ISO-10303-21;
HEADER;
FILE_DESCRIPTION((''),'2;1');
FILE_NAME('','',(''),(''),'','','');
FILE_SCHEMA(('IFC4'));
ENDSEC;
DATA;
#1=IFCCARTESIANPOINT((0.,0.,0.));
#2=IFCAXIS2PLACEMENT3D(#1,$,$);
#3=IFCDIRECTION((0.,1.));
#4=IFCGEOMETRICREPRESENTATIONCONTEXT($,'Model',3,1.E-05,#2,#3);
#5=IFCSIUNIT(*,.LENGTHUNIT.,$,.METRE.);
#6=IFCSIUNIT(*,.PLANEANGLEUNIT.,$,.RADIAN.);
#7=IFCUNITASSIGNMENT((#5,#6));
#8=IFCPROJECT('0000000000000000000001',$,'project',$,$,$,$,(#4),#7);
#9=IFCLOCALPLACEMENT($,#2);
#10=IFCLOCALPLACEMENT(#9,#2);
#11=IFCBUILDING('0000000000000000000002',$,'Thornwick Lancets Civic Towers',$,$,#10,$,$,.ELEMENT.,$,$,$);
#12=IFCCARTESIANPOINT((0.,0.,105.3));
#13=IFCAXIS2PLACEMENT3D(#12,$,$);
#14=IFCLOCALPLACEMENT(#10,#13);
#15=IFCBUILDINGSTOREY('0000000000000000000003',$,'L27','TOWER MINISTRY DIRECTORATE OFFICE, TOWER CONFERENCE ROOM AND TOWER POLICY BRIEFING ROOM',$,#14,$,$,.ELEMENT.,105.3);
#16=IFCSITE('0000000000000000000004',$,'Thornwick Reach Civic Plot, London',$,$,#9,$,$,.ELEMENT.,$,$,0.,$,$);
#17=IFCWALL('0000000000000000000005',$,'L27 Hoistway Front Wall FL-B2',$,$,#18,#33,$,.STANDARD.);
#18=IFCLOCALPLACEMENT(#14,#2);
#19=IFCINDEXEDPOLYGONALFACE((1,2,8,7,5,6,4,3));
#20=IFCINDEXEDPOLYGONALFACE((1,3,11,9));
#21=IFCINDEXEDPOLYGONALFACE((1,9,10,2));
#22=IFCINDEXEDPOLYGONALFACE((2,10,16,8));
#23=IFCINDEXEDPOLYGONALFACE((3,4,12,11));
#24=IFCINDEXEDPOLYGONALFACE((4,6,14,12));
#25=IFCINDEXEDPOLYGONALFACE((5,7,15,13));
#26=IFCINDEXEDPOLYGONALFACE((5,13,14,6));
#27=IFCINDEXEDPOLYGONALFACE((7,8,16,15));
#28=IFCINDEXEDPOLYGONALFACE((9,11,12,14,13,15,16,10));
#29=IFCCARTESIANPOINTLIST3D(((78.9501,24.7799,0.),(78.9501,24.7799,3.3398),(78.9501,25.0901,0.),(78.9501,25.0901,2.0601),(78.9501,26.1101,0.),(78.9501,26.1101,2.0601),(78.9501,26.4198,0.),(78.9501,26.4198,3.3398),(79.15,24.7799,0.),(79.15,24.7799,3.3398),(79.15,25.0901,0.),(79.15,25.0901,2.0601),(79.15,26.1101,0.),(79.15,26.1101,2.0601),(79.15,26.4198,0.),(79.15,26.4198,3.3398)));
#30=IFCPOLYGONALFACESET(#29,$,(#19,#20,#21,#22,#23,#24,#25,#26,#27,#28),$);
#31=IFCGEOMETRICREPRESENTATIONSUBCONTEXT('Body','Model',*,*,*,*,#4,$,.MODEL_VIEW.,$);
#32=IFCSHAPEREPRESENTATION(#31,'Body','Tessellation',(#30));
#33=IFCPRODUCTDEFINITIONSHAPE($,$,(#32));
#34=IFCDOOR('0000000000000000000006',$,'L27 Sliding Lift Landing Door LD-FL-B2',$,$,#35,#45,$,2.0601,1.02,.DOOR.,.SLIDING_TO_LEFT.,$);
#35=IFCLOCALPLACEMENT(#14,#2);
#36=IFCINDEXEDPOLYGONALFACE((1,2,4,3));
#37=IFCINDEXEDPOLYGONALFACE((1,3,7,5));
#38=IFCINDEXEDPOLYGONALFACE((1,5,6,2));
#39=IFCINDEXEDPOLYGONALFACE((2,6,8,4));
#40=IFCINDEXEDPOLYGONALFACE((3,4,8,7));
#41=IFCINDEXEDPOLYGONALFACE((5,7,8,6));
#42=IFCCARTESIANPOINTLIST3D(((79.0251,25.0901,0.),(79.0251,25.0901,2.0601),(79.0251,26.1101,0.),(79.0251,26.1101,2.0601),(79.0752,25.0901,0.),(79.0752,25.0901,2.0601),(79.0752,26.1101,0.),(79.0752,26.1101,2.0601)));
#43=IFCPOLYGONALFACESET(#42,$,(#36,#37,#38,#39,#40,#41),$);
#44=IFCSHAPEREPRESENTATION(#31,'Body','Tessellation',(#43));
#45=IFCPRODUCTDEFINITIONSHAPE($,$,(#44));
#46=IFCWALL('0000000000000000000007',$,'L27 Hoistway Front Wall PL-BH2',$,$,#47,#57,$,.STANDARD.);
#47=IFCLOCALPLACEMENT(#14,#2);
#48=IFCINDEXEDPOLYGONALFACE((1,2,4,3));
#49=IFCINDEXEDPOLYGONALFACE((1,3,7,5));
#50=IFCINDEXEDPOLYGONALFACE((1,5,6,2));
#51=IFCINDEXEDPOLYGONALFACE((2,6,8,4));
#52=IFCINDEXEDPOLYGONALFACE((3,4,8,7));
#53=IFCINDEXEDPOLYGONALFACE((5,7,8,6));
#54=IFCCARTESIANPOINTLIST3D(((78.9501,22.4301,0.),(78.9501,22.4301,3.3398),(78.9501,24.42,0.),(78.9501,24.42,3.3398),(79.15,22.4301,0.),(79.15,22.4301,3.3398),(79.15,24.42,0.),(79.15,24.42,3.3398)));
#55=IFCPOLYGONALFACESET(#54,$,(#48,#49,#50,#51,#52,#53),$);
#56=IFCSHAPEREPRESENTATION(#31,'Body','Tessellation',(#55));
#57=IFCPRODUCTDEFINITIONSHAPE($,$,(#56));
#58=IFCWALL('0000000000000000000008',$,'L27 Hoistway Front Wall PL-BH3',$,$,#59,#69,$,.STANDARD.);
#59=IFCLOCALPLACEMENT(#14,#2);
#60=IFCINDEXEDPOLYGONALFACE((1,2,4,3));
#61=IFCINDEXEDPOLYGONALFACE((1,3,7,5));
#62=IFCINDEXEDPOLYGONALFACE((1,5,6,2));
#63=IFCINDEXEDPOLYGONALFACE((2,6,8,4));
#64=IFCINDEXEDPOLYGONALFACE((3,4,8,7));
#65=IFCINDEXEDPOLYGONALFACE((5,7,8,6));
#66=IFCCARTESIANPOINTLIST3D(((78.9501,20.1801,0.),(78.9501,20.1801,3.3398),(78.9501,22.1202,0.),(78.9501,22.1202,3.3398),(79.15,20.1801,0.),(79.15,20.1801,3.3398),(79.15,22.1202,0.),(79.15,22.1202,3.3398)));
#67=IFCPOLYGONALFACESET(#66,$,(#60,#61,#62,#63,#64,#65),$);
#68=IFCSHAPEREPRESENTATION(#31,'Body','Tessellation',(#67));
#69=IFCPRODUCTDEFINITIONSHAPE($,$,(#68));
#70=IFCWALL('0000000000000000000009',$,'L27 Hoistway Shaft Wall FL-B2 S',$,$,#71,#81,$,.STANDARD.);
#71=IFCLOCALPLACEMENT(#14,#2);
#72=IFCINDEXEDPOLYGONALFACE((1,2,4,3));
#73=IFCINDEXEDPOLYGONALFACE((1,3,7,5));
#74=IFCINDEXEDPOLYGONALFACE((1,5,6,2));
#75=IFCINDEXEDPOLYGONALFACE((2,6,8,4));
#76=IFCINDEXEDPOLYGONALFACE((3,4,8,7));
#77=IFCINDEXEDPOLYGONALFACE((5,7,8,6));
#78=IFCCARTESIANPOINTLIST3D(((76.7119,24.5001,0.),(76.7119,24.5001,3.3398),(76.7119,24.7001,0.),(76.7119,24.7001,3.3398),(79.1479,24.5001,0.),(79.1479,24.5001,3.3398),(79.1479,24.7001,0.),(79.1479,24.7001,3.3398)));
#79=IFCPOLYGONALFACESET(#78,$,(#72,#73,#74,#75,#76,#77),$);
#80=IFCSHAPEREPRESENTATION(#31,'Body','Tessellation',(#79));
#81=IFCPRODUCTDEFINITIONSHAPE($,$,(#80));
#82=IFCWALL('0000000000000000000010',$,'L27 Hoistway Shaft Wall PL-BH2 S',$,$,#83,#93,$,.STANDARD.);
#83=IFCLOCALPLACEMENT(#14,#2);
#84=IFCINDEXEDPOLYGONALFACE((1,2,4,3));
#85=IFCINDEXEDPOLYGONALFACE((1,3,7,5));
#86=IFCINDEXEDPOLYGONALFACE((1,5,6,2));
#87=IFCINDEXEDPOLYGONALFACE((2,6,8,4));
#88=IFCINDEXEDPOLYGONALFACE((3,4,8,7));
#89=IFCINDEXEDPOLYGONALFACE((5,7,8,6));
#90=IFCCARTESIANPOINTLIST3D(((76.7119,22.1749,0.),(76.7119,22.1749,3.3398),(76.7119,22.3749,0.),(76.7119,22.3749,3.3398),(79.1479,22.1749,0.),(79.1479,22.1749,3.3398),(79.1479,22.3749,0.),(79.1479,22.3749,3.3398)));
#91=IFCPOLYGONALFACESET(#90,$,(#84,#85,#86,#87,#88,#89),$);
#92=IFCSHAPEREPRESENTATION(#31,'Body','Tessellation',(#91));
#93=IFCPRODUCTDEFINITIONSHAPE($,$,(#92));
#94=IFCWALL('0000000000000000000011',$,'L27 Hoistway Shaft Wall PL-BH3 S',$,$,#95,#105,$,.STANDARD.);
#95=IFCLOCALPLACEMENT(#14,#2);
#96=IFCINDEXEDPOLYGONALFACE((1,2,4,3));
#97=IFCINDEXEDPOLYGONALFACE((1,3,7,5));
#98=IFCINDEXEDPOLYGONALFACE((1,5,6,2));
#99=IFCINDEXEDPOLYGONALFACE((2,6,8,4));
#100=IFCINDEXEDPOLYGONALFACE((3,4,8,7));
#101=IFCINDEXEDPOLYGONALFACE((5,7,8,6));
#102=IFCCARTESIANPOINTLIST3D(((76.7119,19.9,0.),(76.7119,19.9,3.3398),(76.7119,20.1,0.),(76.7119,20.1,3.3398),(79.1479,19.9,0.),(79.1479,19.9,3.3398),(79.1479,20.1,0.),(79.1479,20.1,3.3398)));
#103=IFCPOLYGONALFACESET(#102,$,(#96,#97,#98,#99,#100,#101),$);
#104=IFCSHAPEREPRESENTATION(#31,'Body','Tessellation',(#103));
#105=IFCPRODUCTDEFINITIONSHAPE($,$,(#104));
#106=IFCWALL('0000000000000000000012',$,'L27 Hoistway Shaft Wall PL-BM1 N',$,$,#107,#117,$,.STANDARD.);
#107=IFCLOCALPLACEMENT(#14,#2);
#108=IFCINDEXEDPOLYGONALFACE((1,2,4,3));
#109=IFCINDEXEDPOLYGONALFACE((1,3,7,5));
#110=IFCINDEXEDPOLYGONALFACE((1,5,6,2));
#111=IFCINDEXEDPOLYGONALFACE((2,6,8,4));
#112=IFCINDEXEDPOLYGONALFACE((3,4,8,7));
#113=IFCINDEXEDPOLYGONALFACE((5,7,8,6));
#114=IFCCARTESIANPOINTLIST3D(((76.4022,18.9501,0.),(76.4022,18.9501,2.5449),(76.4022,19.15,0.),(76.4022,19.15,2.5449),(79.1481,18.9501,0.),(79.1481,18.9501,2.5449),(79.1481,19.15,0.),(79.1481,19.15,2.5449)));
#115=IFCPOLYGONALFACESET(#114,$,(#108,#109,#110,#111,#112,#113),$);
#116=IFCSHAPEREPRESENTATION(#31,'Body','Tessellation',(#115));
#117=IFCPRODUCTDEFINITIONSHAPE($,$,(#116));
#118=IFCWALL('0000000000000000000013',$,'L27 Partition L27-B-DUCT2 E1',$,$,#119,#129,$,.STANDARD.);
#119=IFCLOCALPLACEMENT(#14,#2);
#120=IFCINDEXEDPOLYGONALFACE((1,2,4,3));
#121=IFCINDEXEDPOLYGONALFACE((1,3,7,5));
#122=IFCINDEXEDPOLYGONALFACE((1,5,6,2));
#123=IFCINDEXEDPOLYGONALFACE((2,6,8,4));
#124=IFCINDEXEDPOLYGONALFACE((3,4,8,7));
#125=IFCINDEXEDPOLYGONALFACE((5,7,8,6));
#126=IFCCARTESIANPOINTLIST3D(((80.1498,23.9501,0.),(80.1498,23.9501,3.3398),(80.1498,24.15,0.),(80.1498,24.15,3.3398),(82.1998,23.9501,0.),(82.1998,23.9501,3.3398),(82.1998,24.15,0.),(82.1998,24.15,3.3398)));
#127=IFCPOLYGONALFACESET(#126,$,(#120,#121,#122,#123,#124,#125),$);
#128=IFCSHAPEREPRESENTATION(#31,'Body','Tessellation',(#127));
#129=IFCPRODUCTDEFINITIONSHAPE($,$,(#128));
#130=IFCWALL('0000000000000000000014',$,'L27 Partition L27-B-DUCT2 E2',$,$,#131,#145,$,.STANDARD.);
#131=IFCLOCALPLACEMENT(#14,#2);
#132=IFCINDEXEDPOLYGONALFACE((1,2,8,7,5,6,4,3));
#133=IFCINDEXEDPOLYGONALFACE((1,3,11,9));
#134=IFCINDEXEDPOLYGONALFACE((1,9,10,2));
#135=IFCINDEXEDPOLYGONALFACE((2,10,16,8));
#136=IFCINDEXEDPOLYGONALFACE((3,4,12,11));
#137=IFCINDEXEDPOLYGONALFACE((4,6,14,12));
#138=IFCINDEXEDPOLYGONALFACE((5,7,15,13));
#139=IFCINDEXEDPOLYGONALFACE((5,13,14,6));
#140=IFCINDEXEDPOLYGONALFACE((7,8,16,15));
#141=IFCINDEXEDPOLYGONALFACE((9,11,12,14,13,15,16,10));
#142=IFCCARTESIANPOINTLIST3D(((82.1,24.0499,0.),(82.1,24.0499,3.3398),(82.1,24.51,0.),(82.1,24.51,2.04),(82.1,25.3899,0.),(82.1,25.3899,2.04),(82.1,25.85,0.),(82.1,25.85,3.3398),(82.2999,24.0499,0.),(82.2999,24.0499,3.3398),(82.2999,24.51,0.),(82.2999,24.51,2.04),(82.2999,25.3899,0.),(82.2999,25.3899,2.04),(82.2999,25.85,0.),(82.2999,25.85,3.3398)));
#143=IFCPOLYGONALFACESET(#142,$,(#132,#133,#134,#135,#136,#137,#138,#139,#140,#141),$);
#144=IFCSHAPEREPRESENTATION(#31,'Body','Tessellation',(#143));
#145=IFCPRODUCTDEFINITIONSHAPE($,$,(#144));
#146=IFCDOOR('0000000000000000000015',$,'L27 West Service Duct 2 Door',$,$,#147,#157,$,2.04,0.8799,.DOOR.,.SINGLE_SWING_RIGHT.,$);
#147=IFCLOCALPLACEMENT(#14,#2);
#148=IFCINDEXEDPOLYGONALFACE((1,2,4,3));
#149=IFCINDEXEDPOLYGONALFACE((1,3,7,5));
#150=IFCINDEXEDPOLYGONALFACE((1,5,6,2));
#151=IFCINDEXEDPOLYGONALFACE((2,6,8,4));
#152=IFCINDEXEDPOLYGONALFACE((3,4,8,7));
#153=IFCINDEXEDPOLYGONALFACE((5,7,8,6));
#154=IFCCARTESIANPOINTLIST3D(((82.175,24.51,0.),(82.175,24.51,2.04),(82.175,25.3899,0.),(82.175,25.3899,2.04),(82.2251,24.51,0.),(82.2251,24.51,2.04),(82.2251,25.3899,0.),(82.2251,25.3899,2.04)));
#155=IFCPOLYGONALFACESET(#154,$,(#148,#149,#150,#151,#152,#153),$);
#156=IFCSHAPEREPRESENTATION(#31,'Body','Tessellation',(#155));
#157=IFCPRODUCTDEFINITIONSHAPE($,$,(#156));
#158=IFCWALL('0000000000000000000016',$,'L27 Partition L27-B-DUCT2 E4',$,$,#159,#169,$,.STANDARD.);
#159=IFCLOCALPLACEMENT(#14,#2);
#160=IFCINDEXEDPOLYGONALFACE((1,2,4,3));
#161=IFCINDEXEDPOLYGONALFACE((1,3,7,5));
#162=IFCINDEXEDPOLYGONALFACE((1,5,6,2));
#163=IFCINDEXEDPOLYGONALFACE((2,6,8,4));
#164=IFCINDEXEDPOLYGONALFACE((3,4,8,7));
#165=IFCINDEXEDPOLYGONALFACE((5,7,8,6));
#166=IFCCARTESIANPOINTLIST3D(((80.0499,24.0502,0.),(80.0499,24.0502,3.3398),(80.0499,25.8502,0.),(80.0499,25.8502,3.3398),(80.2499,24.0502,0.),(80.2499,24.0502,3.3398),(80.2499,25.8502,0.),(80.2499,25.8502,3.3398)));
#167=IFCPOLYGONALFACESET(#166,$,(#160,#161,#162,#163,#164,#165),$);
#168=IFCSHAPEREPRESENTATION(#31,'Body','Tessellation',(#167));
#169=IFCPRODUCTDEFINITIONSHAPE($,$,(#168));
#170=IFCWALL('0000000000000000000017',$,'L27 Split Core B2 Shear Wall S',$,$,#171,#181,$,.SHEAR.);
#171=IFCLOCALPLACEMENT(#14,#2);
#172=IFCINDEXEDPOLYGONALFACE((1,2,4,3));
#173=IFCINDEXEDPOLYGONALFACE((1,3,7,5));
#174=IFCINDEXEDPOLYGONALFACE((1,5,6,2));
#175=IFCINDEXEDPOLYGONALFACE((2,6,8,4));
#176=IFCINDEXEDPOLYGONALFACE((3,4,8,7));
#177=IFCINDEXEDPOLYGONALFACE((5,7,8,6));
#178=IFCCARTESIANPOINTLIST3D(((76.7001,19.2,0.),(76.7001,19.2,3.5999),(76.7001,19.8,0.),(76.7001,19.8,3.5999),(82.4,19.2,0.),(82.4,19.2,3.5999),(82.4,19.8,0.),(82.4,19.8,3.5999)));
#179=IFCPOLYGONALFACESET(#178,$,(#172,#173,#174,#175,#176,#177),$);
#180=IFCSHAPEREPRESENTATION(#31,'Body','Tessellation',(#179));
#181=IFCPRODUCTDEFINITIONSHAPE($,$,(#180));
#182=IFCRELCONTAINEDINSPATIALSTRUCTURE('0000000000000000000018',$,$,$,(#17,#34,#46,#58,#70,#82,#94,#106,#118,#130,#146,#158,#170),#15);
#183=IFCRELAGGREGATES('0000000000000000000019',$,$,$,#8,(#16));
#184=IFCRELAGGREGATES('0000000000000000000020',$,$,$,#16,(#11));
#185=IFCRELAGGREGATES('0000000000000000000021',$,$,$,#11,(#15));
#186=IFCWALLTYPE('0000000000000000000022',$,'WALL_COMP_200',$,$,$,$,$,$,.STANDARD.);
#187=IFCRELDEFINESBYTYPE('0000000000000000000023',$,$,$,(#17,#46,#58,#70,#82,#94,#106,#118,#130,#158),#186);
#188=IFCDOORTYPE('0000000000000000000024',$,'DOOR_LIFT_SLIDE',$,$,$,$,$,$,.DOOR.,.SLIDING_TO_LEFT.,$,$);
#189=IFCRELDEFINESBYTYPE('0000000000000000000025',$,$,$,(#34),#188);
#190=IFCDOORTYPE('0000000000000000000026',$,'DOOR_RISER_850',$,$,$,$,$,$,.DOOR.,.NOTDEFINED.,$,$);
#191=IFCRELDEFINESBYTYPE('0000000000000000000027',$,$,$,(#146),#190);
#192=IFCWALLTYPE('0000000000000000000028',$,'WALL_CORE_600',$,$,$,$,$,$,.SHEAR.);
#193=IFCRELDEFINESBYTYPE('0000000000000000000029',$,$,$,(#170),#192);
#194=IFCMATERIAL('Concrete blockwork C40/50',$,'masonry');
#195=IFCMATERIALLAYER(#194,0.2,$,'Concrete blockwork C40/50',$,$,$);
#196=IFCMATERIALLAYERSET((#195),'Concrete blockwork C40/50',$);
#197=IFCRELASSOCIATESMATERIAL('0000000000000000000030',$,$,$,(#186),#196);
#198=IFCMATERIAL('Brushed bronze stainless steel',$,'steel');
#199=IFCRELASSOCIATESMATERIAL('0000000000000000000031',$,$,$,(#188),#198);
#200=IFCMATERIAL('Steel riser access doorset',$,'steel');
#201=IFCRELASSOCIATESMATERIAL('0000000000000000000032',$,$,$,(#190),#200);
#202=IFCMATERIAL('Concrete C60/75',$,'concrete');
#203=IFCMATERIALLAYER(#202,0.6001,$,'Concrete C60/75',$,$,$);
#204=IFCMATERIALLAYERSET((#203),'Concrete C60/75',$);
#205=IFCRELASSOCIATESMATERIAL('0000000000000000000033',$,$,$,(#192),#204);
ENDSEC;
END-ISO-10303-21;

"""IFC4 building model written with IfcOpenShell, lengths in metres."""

from ifc_helpers import new_model, si_unit, direction, frame, frame_2d, origin, place, context, subcontext, project, spatial, rectangle, extrude, material, layer, layer_set, type_object, element, fill, save


model = new_model("IFC4")

# Units and contexts
model_context = context("Model", 3, precision=1e-05, world=origin(), true_north=direction((0.0, 1.0)))
body_context = subcontext(model_context, "Body", "Model", "MODEL_VIEW")
ifc_project = project(units=[si_unit("LENGTHUNIT", "METRE"), si_unit("PLANEANGLEUNIT", "RADIAN")], contexts=[model_context])

# Site, building, storey
site_placement = place(None, origin())
site = spatial("IfcSite", under=ifc_project, at=site_placement, Name="Thornwick Reach Civic Plot, London", CompositionType="ELEMENT", RefElevation=0.0)
building_placement = place(site_placement, origin())
building = spatial("IfcBuilding", under=site, at=building_placement, Name="Thornwick Lancets Civic Towers", CompositionType="ELEMENT")
storey_placement = place(building_placement, frame((0.0, 0.0, 105.3)))
storey = spatial("IfcBuildingStorey", under=building, at=storey_placement, Name="L27", Description="TOWER MINISTRY DIRECTORATE OFFICE, TOWER CONFERENCE ROOM AND TOWER POLICY BRIEFING ROOM", CompositionType="ELEMENT", Elevation=105.3)

# Wall, opening, door
ifc_material_1 = material(Name="Concrete blockwork C40/50", Category="masonry")
ifc_layer_1 = layer(ifc_material_1, 0.2, Name="Concrete blockwork C40/50")
ifc_layer_set_1 = layer_set([ifc_layer_1], Name="Concrete blockwork C40/50")
wall_type_1 = type_object("IfcWallType", Name="WALL_COMP_200", PredefinedType="STANDARD", material=ifc_layer_set_1)
wall_1_placement = place(storey_placement, frame((79.05, 24.78, 0.0), z_axis=(0.0, 0.0, 1.0), x_axis=(0.0, 1.0, 0.0)))
wall_1 = element("IfcWall", 1, at=wall_1_placement, inside=storey, type_object=wall_type_1, Name="L27 Hoistway Front Wall FL-B2", PredefinedType="STANDARD", context=body_context, shape_type="SweptSolid", body=[
    extrude(rectangle(XDim=1.6399, YDim=0.2, at=frame_2d((0.8198, 0.0))), origin(), (0.0, 0.0, 1.0), 3.3398),
])
opening_1_placement = place(wall_1_placement, frame((0.3101, 0.0, 0.0)))
opening_1 = element("IfcOpeningElement", 2, at=opening_1_placement, cuts=wall_1, PredefinedType="OPENING", context=body_context, shape_type="SweptSolid", body=[
    extrude(rectangle(XDim=1.02, YDim=2.0601, at=frame_2d((0.51, 1.03))), frame((0.0, 0.1099, 0.0), z_axis=(0.0, -1.0, 0.0), x_axis=(1.0, 0.0, 0.0)), (0.0, 0.0, 1.0), 0.22),
])
ifc_material_2 = material(Name="Brushed bronze stainless steel", Category="steel")
door_type_1 = type_object("IfcDoorType", Name="DOOR_LIFT_SLIDE", OperationType="SLIDING_TO_LEFT", PredefinedType="DOOR", material=ifc_material_2)
door_1_placement = place(opening_1_placement, origin())
door_1 = element("IfcDoor", 3, at=door_1_placement, inside=storey, type_object=door_type_1, Name="L27 Sliding Lift Landing Door LD-FL-B2", OperationType="SLIDING_TO_LEFT", OverallHeight=2.0601, OverallWidth=1.02, PredefinedType="DOOR", context=body_context, shape_type="SweptSolid", body=[
    extrude(rectangle(XDim=1.02, YDim=2.0601, at=frame_2d((0.51, 1.03))), frame((0.0, 0.0249, 0.0), z_axis=(0.0, -1.0, 0.0), x_axis=(1.0, 0.0, 0.0)), (0.0, 0.0, 1.0), 0.05),
])
fill(opening_1, door_1)

# Walls
wall_2_placement = place(storey_placement, frame((79.05, 22.4299, 0.0), z_axis=(0.0, 0.0, 1.0), x_axis=(0.0, 1.0, 0.0)))
element("IfcWall", 4, at=wall_2_placement, inside=storey, type_object=wall_type_1, Name="L27 Hoistway Front Wall PL-BH2", PredefinedType="STANDARD", context=body_context, shape_type="SweptSolid", body=[
    extrude(rectangle(XDim=1.99, YDim=0.2, at=frame_2d((0.9951, 0.0))), origin(), (0.0, 0.0, 1.0), 3.3398),
])
wall_3_placement = place(storey_placement, frame((79.05, 20.1799, 0.0), z_axis=(0.0, 0.0, 1.0), x_axis=(0.0, 1.0, 0.0)))
element("IfcWall", 5, at=wall_3_placement, inside=storey, type_object=wall_type_1, Name="L27 Hoistway Front Wall PL-BH3", PredefinedType="STANDARD", context=body_context, shape_type="SweptSolid", body=[
    extrude(rectangle(XDim=1.9402, YDim=0.2, at=frame_2d((0.9702, 0.0))), origin(), (0.0, 0.0, 1.0), 3.3398),
])
for number, where, z_axis, x_axis, name in (
    (6, (76.7119, 24.6001, 0.0), (0.0, 0.0, 1.0), (1.0, 0.0, 0.0), "L27 Hoistway Shaft Wall FL-B2 S"),
    (7, (76.7119, 22.2749, 0.0), (0.0, 0.0, 1.0), (1.0, 0.0, 0.0), "L27 Hoistway Shaft Wall PL-BH2 S"),
    (8, (76.7119, 20.0, 0.0), (0.0, 0.0, 1.0), (1.0, 0.0, 0.0), "L27 Hoistway Shaft Wall PL-BH3 S"),
):
    element("IfcWall", number, at=place(storey_placement, frame(where, z_axis=z_axis, x_axis=x_axis)), inside=storey, type_object=wall_type_1, Name=name, PredefinedType="STANDARD", context=body_context, shape_type="SweptSolid", body=[
        extrude(rectangle(XDim=2.436, YDim=0.2, at=frame_2d((1.218, 0.0))), origin(), (0.0, 0.0, 1.0), 3.3398),
    ])
wall_4_placement = place(storey_placement, frame((76.4021, 19.05, 0.0), z_axis=(0.0, 0.0, 1.0), x_axis=(1.0, 0.0, 0.0)))
element("IfcWall", 9, at=wall_4_placement, inside=storey, type_object=wall_type_1, Name="L27 Hoistway Shaft Wall PL-BM1 N", PredefinedType="STANDARD", context=body_context, shape_type="SweptSolid", body=[
    extrude(rectangle(XDim=2.7458, YDim=0.2, at=frame_2d((1.373, 0.0))), origin(), (0.0, 0.0, 1.0), 2.5449),
])
wall_5_placement = place(storey_placement, frame((80.1499, 24.05, 0.0), z_axis=(0.0, 0.0, 1.0), x_axis=(1.0, 0.0, 0.0)))
element("IfcWall", 10, at=wall_5_placement, inside=storey, type_object=wall_type_1, Name="L27 Partition L27-B-DUCT2 E1", PredefinedType="STANDARD", context=body_context, shape_type="SweptSolid", body=[
    extrude(rectangle(XDim=2.05, YDim=0.2, at=frame_2d((1.0249, 0.0))), origin(), (0.0, 0.0, 1.0), 3.3398),
])

# Wall, opening, door
wall_6_placement = place(storey_placement, frame((82.2, 24.05, 0.0), z_axis=(0.0, 0.0, 1.0), x_axis=(0.0, 1.0, 0.0)))
wall_6 = element("IfcWall", 11, at=wall_6_placement, inside=storey, type_object=wall_type_1, Name="L27 Partition L27-B-DUCT2 E2", PredefinedType="STANDARD", context=body_context, shape_type="SweptSolid", body=[
    extrude(rectangle(XDim=1.8, YDim=0.2, at=frame_2d((0.8999, 0.0))), origin(), (0.0, 0.0, 1.0), 3.3398),
])
opening_2_placement = place(wall_6_placement, frame((0.46, 0.0, 0.0)))
opening_2 = element("IfcOpeningElement", 12, at=opening_2_placement, cuts=wall_6, PredefinedType="OPENING", context=body_context, shape_type="SweptSolid", body=[
    extrude(rectangle(XDim=0.8799, YDim=2.04, at=frame_2d((0.4399, 1.02))), frame((0.0, 0.1099, 0.0), z_axis=(0.0, -1.0, 0.0), x_axis=(1.0, 0.0, 0.0)), (0.0, 0.0, 1.0), 0.22),
])
ifc_material_3 = material(Name="Steel riser access doorset", Category="steel")
door_type_2 = type_object("IfcDoorType", Name="DOOR_RISER_850", OperationType="NOTDEFINED", PredefinedType="DOOR", material=ifc_material_3)
door_2_placement = place(opening_2_placement, origin())
door_2 = element("IfcDoor", 13, at=door_2_placement, inside=storey, type_object=door_type_2, Name="L27 West Service Duct 2 Door", OperationType="SINGLE_SWING_RIGHT", OverallHeight=2.04, OverallWidth=0.8799, PredefinedType="DOOR", context=body_context, shape_type="SweptSolid", body=[
    extrude(rectangle(XDim=0.8799, YDim=2.04, at=frame_2d((0.4399, 1.02))), frame((0.0, 0.0249, 0.0), z_axis=(0.0, -1.0, 0.0), x_axis=(1.0, 0.0, 0.0)), (0.0, 0.0, 1.0), 0.05),
])
fill(opening_2, door_2)

# Walls
wall_7_placement = place(storey_placement, frame((80.1499, 25.8501, 0.0), z_axis=(0.0, 0.0, 1.0), x_axis=(0.0, -1.0, 0.0)))
element("IfcWall", 14, at=wall_7_placement, inside=storey, type_object=wall_type_1, Name="L27 Partition L27-B-DUCT2 E4", PredefinedType="STANDARD", context=body_context, shape_type="SweptSolid", body=[
    extrude(rectangle(XDim=1.8, YDim=0.2, at=frame_2d((0.8999, 0.0))), origin(), (0.0, 0.0, 1.0), 3.3398),
])
ifc_material_4 = material(Name="Concrete C60/75", Category="concrete")
ifc_layer_2 = layer(ifc_material_4, 0.6001, Name="Concrete C60/75")
ifc_layer_set_2 = layer_set([ifc_layer_2], Name="Concrete C60/75")
wall_type_2 = type_object("IfcWallType", Name="WALL_CORE_600", PredefinedType="SHEAR", material=ifc_layer_set_2)
wall_8_placement = place(storey_placement, frame((76.7, 19.5, 0.0), z_axis=(0.0, 0.0, 1.0), x_axis=(1.0, 0.0, 0.0)))
element("IfcWall", 15, at=wall_8_placement, inside=storey, type_object=wall_type_2, Name="L27 Split Core B2 Shear Wall S", PredefinedType="SHEAR", context=body_context, shape_type="SweptSolid", body=[
    extrude(rectangle(XDim=5.7, YDim=0.6001, at=frame_2d((2.8501, 0.0))), origin(), (0.0, 0.0, 1.0), 3.5999),
])

save(model, "model.ifc")
